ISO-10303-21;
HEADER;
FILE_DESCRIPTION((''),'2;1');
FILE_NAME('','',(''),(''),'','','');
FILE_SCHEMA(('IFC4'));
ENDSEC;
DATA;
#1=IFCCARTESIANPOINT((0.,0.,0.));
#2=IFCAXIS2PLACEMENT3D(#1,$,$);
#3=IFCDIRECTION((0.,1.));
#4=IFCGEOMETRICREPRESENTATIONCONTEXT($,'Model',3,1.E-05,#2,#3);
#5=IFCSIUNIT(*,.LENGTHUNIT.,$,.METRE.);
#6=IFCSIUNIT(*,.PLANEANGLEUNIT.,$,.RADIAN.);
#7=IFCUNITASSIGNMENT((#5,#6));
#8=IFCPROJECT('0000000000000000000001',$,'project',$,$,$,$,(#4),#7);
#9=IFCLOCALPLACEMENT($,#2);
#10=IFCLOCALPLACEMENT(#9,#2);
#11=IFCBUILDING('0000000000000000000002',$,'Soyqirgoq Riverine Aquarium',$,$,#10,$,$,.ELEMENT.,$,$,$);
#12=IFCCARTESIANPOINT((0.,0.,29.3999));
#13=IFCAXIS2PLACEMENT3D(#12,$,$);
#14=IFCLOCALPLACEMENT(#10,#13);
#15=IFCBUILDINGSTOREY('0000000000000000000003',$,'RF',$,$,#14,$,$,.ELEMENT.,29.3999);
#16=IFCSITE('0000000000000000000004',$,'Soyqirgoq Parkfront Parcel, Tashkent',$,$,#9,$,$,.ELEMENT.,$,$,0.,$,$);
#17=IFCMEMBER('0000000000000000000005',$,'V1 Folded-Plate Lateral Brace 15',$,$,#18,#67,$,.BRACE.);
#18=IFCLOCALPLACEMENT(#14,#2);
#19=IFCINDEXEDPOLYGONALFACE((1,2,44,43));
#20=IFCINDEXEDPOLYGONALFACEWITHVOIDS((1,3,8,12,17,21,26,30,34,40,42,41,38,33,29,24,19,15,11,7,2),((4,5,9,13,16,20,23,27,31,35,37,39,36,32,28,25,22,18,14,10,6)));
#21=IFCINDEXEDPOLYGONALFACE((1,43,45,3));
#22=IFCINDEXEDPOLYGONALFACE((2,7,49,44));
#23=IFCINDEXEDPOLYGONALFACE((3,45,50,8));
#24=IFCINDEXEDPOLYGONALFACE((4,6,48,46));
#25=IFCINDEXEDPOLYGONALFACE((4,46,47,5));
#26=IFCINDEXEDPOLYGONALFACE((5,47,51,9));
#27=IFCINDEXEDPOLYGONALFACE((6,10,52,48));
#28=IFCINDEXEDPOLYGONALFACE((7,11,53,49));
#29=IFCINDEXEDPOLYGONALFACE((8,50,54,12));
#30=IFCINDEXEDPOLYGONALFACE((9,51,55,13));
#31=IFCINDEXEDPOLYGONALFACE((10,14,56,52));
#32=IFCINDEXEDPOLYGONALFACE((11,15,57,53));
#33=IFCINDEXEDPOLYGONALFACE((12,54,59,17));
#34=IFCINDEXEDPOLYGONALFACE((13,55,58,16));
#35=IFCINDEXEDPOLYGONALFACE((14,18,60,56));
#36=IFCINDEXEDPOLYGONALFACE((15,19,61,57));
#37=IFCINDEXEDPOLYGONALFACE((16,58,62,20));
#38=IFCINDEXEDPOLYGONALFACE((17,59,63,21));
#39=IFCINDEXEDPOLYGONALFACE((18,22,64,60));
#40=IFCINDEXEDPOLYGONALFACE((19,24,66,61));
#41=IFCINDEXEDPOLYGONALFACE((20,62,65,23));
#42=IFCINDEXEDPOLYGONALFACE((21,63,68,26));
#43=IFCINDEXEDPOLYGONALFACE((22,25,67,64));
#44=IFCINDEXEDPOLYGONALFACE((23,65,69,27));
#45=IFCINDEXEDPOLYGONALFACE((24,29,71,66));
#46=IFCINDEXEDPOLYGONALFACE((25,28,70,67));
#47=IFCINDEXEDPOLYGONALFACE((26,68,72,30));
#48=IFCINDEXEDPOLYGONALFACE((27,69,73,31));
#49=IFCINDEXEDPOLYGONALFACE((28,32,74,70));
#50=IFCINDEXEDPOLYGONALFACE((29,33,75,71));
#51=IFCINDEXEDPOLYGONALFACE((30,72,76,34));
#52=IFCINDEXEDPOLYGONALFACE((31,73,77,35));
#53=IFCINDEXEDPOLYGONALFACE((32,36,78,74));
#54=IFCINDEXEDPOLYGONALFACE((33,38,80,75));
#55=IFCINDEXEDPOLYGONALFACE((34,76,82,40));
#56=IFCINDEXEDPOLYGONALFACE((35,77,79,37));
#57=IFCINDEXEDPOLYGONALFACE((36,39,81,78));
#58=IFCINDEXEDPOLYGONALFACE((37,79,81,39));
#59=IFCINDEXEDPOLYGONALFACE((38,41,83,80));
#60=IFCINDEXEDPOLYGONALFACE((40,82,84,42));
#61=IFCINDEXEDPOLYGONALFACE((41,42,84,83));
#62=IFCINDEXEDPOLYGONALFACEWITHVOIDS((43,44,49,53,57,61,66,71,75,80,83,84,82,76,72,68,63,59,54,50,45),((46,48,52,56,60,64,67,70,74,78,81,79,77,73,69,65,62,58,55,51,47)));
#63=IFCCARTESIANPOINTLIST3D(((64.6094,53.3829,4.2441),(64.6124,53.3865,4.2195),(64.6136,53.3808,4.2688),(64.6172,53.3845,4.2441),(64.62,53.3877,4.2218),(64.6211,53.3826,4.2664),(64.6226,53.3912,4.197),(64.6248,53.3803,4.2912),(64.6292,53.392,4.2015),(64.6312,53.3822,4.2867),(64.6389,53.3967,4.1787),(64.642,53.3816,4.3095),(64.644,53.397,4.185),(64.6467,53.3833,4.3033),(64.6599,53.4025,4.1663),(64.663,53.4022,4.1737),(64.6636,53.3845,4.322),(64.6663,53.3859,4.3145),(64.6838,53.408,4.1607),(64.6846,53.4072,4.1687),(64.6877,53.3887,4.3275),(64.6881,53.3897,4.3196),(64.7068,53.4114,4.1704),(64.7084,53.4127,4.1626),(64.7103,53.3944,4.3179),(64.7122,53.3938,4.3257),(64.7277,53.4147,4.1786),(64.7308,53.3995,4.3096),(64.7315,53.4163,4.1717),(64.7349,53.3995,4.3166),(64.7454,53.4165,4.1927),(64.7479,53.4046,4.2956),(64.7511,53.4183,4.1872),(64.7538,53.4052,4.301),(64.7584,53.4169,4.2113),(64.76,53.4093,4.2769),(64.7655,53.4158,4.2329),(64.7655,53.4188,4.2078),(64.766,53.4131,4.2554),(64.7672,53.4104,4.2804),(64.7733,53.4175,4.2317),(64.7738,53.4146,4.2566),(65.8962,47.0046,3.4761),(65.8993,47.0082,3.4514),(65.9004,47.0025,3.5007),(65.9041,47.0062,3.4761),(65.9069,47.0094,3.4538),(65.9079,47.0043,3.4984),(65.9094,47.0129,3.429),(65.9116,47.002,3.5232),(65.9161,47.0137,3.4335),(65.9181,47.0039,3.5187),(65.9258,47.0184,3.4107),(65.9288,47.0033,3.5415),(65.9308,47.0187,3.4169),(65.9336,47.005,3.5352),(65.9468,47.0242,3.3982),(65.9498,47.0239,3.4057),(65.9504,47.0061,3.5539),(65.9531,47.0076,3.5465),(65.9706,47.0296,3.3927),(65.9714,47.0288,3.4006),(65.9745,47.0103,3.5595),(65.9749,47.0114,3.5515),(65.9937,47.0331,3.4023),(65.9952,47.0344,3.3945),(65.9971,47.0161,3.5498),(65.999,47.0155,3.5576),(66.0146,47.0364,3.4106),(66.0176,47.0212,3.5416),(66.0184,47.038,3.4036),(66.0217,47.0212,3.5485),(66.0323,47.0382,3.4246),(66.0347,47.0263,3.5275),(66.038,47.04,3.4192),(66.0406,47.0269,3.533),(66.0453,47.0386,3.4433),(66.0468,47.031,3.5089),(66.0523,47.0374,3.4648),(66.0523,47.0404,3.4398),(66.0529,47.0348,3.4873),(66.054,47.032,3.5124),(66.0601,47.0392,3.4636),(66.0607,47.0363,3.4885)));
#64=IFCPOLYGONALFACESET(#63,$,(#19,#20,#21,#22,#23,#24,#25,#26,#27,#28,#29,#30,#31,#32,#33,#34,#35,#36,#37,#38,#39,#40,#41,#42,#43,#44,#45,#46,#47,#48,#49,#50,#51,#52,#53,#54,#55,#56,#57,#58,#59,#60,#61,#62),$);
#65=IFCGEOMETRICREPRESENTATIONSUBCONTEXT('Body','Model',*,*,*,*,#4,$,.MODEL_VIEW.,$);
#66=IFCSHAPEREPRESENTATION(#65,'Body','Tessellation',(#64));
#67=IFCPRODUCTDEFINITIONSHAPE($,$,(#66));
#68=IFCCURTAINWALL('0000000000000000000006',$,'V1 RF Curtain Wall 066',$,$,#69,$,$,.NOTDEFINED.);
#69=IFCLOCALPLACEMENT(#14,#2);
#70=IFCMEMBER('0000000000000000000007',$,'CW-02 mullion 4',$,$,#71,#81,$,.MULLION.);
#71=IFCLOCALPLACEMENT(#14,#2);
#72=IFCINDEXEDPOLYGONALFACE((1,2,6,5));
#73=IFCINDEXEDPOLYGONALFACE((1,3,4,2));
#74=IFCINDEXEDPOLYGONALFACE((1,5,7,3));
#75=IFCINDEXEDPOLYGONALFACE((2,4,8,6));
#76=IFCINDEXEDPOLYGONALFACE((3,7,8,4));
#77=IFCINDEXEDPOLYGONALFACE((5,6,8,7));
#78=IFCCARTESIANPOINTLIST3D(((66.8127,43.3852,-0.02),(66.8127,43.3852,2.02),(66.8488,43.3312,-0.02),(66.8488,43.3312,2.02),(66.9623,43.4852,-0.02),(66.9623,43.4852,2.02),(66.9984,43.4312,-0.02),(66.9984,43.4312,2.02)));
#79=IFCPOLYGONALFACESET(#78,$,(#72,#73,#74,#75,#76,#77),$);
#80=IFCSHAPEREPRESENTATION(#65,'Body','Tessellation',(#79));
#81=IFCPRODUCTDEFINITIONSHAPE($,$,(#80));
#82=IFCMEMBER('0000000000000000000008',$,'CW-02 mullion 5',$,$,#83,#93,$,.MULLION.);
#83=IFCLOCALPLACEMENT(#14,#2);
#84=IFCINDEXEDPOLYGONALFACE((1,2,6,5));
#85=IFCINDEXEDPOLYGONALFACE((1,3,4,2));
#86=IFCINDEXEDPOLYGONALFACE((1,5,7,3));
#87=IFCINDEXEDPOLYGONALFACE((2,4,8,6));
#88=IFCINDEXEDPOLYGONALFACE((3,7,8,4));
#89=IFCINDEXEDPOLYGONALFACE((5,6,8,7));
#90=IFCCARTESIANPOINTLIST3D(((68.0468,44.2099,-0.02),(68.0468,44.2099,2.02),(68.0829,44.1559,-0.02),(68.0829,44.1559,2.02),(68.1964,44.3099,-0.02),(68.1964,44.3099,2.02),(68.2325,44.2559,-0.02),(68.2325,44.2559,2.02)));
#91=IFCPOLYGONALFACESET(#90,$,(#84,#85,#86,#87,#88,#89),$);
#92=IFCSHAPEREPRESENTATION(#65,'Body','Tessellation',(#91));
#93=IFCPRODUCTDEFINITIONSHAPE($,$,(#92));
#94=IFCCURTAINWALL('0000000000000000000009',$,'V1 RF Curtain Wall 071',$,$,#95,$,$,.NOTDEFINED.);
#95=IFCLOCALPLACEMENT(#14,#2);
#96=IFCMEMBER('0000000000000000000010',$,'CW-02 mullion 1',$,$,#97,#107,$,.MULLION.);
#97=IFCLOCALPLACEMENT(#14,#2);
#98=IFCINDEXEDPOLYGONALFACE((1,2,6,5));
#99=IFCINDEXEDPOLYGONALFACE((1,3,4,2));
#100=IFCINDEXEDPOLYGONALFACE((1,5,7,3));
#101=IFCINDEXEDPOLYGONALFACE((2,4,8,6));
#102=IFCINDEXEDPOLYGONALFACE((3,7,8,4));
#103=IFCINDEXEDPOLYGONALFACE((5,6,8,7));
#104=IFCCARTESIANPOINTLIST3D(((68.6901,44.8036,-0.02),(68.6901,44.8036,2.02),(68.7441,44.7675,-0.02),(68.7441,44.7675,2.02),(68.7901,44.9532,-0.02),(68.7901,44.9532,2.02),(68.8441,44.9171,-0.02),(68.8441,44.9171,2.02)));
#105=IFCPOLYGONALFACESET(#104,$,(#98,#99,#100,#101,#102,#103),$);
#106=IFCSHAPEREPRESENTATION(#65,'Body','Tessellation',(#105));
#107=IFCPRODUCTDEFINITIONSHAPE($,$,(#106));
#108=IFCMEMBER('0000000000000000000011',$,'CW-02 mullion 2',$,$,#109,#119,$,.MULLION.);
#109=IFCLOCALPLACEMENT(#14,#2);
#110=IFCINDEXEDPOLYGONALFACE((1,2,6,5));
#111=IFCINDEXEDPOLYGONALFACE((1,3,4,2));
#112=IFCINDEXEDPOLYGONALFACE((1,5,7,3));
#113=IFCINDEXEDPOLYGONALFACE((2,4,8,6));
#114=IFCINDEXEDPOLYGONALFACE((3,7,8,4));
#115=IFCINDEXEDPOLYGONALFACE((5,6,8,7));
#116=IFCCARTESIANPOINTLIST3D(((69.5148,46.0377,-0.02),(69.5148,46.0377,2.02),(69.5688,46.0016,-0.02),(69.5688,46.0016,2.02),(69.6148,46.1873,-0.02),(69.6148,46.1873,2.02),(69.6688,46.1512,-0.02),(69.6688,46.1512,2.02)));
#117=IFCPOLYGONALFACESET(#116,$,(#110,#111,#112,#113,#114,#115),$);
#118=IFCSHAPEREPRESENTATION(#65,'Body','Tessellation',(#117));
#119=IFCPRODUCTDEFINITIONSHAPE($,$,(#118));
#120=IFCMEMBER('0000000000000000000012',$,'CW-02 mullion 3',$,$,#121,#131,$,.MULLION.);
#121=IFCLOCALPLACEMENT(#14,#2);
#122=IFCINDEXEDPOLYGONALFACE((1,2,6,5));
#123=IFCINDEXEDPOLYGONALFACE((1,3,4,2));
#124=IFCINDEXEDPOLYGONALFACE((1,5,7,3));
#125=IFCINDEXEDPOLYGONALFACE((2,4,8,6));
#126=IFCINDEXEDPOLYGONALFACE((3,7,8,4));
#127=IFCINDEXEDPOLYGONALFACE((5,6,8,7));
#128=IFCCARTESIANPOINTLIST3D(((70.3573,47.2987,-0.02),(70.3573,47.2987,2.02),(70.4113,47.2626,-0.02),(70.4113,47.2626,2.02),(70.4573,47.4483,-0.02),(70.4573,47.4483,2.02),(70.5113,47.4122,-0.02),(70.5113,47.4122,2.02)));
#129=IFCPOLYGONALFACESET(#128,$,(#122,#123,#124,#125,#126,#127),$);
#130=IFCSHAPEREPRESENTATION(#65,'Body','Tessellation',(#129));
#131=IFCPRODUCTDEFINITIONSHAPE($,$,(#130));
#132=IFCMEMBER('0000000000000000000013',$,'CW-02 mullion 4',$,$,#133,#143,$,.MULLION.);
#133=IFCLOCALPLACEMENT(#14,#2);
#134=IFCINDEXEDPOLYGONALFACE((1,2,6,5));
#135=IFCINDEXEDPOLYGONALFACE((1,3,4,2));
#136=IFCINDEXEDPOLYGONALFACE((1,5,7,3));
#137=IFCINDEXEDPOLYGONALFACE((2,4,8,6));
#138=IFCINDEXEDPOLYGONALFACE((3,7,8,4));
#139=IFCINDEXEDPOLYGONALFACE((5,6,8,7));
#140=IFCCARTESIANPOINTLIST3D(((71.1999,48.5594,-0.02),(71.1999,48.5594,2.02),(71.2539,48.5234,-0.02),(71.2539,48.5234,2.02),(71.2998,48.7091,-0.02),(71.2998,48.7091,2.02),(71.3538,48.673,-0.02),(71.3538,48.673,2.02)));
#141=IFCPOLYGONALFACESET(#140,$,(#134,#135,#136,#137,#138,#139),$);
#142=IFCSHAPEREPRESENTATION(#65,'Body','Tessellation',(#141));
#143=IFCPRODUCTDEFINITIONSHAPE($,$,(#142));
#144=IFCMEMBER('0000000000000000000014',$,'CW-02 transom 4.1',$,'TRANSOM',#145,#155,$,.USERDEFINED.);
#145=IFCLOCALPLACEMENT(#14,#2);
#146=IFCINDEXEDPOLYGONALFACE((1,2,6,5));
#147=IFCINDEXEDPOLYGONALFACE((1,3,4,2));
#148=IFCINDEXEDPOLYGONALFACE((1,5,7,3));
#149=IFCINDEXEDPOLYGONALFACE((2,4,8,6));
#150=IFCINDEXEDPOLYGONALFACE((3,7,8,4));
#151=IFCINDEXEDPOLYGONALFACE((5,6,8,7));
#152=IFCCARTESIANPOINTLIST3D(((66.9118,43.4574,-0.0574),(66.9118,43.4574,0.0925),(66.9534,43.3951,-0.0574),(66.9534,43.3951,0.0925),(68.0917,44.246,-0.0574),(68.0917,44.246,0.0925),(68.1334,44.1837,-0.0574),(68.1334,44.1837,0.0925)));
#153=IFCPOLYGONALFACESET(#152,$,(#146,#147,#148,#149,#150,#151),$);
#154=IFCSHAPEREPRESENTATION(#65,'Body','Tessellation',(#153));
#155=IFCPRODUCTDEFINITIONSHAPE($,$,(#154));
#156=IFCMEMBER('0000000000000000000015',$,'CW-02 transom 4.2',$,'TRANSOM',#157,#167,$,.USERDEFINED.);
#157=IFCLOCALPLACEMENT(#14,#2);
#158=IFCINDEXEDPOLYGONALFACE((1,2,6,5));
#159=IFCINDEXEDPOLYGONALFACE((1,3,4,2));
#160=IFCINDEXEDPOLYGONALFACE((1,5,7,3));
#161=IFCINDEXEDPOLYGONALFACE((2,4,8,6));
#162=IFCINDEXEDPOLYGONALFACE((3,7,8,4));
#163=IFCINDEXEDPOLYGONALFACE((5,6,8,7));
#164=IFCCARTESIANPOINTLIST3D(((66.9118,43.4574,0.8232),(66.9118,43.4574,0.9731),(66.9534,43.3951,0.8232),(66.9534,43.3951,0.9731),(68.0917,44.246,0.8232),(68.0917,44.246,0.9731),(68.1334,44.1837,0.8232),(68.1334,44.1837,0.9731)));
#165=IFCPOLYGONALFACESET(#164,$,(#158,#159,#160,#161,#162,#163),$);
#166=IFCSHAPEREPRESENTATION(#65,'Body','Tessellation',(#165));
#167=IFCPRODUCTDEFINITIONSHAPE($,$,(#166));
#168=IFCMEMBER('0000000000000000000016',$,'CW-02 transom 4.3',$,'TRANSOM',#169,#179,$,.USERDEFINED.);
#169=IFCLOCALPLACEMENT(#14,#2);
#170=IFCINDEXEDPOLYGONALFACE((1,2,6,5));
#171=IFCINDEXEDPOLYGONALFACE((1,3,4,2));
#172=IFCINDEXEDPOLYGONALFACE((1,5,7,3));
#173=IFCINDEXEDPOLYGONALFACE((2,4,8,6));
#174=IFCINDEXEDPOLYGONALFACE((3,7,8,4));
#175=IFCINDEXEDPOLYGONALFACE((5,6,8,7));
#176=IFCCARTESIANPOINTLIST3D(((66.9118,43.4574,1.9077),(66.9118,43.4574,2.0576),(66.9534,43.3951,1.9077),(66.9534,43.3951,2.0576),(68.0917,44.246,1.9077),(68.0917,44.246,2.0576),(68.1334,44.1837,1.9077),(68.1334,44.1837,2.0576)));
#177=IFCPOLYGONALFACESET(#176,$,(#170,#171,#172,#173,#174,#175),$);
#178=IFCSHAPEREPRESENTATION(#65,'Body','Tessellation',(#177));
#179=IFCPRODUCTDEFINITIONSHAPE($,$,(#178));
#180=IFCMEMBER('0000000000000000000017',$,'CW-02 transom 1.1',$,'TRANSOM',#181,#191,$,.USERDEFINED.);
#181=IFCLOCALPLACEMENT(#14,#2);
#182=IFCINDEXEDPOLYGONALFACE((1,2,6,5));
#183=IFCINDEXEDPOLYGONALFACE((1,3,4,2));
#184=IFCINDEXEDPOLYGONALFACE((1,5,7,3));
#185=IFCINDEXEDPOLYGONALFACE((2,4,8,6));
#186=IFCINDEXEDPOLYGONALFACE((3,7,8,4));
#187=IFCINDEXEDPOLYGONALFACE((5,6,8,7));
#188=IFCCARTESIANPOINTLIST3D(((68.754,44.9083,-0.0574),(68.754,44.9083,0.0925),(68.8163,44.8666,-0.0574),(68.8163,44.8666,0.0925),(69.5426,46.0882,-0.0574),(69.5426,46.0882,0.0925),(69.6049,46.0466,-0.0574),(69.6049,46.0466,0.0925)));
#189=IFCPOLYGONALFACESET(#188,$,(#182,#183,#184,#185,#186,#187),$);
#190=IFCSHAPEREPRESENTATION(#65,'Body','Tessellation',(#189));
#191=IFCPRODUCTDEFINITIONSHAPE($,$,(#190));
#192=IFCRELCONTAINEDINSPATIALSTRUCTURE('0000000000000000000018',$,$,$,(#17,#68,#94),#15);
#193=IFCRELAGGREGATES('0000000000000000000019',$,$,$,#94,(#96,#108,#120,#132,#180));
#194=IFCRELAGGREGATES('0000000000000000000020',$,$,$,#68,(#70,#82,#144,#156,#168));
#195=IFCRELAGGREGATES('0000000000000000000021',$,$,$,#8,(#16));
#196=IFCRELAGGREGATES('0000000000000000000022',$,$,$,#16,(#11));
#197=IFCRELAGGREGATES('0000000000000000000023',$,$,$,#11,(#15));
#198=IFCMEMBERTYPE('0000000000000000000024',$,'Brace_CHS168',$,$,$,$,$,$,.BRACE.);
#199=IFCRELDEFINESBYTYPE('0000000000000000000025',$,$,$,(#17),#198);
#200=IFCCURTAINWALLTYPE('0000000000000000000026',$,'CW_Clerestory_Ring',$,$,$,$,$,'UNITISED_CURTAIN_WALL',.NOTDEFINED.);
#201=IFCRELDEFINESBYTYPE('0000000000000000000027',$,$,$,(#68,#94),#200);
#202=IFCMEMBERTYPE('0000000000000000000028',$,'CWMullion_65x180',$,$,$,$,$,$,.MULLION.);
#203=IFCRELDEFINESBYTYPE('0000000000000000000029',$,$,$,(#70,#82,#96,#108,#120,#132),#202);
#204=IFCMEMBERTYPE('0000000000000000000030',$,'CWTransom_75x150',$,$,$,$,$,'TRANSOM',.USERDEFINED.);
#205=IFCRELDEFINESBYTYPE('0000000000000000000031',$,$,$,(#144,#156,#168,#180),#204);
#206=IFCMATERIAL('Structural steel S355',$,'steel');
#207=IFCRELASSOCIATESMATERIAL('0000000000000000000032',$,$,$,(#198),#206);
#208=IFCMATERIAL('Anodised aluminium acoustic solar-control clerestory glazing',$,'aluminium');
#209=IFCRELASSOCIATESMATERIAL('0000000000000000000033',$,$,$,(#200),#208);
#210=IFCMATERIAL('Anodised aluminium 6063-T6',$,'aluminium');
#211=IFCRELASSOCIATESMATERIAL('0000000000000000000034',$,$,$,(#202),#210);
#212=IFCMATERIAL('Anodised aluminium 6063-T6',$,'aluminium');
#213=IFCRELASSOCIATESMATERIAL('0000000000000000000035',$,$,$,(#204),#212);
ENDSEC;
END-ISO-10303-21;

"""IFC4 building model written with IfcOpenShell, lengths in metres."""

from ifc_helpers import new_model, si_unit, direction, frame, origin, origin_2d, place, context, subcontext, project, spatial, rectangle, hollow_circle, extrude, material, material_profile, profile_set, type_object, element, aggregate, save


model = new_model("IFC4")

# Units and contexts
model_context = context("Model", 3, precision=1e-05, world=origin(), true_north=direction((0.0, 1.0)))
body_context = subcontext(model_context, "Body", "Model", "MODEL_VIEW")
ifc_project = project(units=[si_unit("LENGTHUNIT", "METRE"), si_unit("PLANEANGLEUNIT", "RADIAN")], contexts=[model_context])

# Site, building, storey
site_placement = place(None, origin())
site = spatial("IfcSite", under=ifc_project, at=site_placement, Name="Soyqirgoq Parkfront Parcel, Tashkent", CompositionType="ELEMENT", RefElevation=0.0)
building_placement = place(site_placement, origin())
building = spatial("IfcBuilding", under=site, at=building_placement, Name="Soyqirgoq Riverine Aquarium", CompositionType="ELEMENT")
storey_placement = place(building_placement, frame((0.0, 0.0, 29.3999)))
storey = spatial("IfcBuildingStorey", under=building, at=storey_placement, Name="RF", CompositionType="ELEMENT", Elevation=29.3999)

# Member
ifc_material_1 = material(Name="Structural steel S355", Category="steel")
ifc_material_profile_1 = material_profile(ifc_material_1, hollow_circle(Radius=0.0842, WallThickness=0.0081, at=origin_2d()), Name="CHS 168.3x8")
ifc_profile_set_1 = profile_set([ifc_material_profile_1], Name="Structural steel S355")
member_type_1 = type_object("IfcMemberType", Name="Brace_CHS168", PredefinedType="BRACE", material=ifc_profile_set_1)
member_1_placement = place(storey_placement, frame((65.9788, 47.0212, 3.4761), z_axis=(-0.196405, 0.97349, 0.117224), x_axis=(-0.980249, -0.197768, 0.0)))
element("IfcMember", 1, at=member_1_placement, inside=storey, type_object=member_type_1, Name="V1 Folded-Plate Lateral Brace 15", PredefinedType="BRACE", context=body_context, shape_type="SweptSolid", body=[
    extrude(hollow_circle(Radius=0.0842, WallThickness=0.0081, at=origin_2d()), origin(), (0.0, 0.0, 1.0), 6.552),
])

# Curtain walls, members
ifc_material_2 = material(Name="Anodised aluminium acoustic solar-control clerestory glazing", Category="aluminium")
curtain_wall_type = type_object("IfcCurtainWallType", Name="CW_Clerestory_Ring", ElementType="UNITISED_CURTAIN_WALL", PredefinedType="NOTDEFINED", material=ifc_material_2)
curtain_wall_1_placement = place(storey_placement, origin())
curtain_wall_1 = element("IfcCurtainWall", 2, at=curtain_wall_1_placement, inside=storey, type_object=curtain_wall_type, Name="V1 RF Curtain Wall 066", PredefinedType="NOTDEFINED")
ifc_material_3 = material(Name="Anodised aluminium 6063-T6", Category="aluminium")
ifc_material_profile_2 = material_profile(ifc_material_3, rectangle(XDim=0.0649, YDim=0.1799, at=origin_2d()), Name="ALU-M 65x180")
ifc_profile_set_2 = profile_set([ifc_material_profile_2], Name="Anodised aluminium 6063-T6")
member_type_2 = type_object("IfcMemberType", Name="CWMullion_65x180", PredefinedType="MULLION", material=ifc_profile_set_2)
member_2_placement = place(storey_placement, frame((66.9055, 43.4082, -0.02), z_axis=(0.0, 0.0, 1.0), x_axis=(-0.555579, 0.831464, 0.0)))
member_2 = element("IfcMember", 3, at=member_2_placement, type_object=member_type_2, Name="CW-02 mullion 4", PredefinedType="MULLION", context=body_context, shape_type="SweptSolid", body=[
    extrude(rectangle(XDim=0.0649, YDim=0.1799, at=origin_2d()), origin(), (0.0, 0.0, 1.0), 2.04),
])
member_3_placement = place(storey_placement, frame((68.1396, 44.2329, -0.02), z_axis=(0.0, 0.0, 1.0), x_axis=(-0.555579, 0.831464, 0.0)))
member_3 = element("IfcMember", 4, at=member_3_placement, type_object=member_type_2, Name="CW-02 mullion 5", PredefinedType="MULLION", context=body_context, shape_type="SweptSolid", body=[
    extrude(rectangle(XDim=0.0649, YDim=0.1799, at=origin_2d()), origin(), (0.0, 0.0, 1.0), 2.04),
])
curtain_wall_2_placement = place(storey_placement, origin())
curtain_wall_2 = element("IfcCurtainWall", 5, at=curtain_wall_2_placement, inside=storey, type_object=curtain_wall_type, Name="V1 RF Curtain Wall 071", PredefinedType="NOTDEFINED")
member_4_placement = place(storey_placement, frame((68.7671, 44.8604, -0.02), z_axis=(0.0, 0.0, 1.0), x_axis=(-0.831464, 0.555579, 0.0)))
member_4 = element("IfcMember", 6, at=member_4_placement, type_object=member_type_2, Name="CW-02 mullion 1", PredefinedType="MULLION", context=body_context, shape_type="SweptSolid", body=[
    extrude(rectangle(XDim=0.0649, YDim=0.1799, at=origin_2d()), origin(), (0.0, 0.0, 1.0), 2.04),
])
member_5_placement = place(storey_placement, frame((69.5918, 46.0945, -0.02), z_axis=(0.0, 0.0, 1.0), x_axis=(-0.831464, 0.555579, 0.0)))
member_5 = element("IfcMember", 7, at=member_5_placement, type_object=member_type_2, Name="CW-02 mullion 2", PredefinedType="MULLION", context=body_context, shape_type="SweptSolid", body=[
    extrude(rectangle(XDim=0.0649, YDim=0.1799, at=origin_2d()), origin(), (0.0, 0.0, 1.0), 2.04),
])
member_6_placement = place(storey_placement, frame((70.4343, 47.3555, -0.02), z_axis=(0.0, 0.0, 1.0), x_axis=(-0.831464, 0.555579, 0.0)))
member_6 = element("IfcMember", 8, at=member_6_placement, type_object=member_type_2, Name="CW-02 mullion 3", PredefinedType="MULLION", context=body_context, shape_type="SweptSolid", body=[
    extrude(rectangle(XDim=0.0649, YDim=0.1799, at=origin_2d()), origin(), (0.0, 0.0, 1.0), 2.04),
])
member_7_placement = place(storey_placement, frame((71.2769, 48.6162, -0.02), z_axis=(0.0, 0.0, 1.0), x_axis=(-0.831464, 0.555579, 0.0)))
member_7 = element("IfcMember", 9, at=member_7_placement, type_object=member_type_2, Name="CW-02 mullion 4", PredefinedType="MULLION", context=body_context, shape_type="SweptSolid", body=[
    extrude(rectangle(XDim=0.0649, YDim=0.1799, at=origin_2d()), origin(), (0.0, 0.0, 1.0), 2.04),
])

# Members
ifc_material_4 = material(Name="Anodised aluminium 6063-T6", Category="aluminium")
ifc_material_profile_3 = material_profile(ifc_material_4, rectangle(XDim=0.075, YDim=0.1499, at=origin_2d()), Name="ALU-T 75x150")
ifc_profile_set_3 = profile_set([ifc_material_profile_3], Name="Anodised aluminium 6063-T6")
member_type_3 = type_object("IfcMemberType", Name="CWTransom_75x150", ElementType="TRANSOM", PredefinedType="USERDEFINED", material=ifc_profile_set_3)
member_8_placement = place(storey_placement, frame((66.9326, 43.4263, 0.0176), z_axis=(0.831415, 0.555653, 0.0), x_axis=(-0.555653, 0.831415, 0.0)))
member_8 = element("IfcMember", 10, at=member_8_placement, type_object=member_type_3, Name="CW-02 transom 4.1", ObjectType="TRANSOM", PredefinedType="USERDEFINED", context=body_context, shape_type="SweptSolid", body=[
    extrude(rectangle(XDim=0.075, YDim=0.1499, at=origin_2d()), origin(), (0.0, 0.0, 1.0), 1.4192),
])
member_9_placement = place(storey_placement, frame((66.9326, 43.4263, 0.8982), z_axis=(0.831415, 0.555653, 0.0), x_axis=(-0.555653, 0.831415, 0.0)))
member_9 = element("IfcMember", 11, at=member_9_placement, type_object=member_type_3, Name="CW-02 transom 4.2", ObjectType="TRANSOM", PredefinedType="USERDEFINED", context=body_context, shape_type="SweptSolid", body=[
    extrude(rectangle(XDim=0.075, YDim=0.1499, at=origin_2d()), origin(), (0.0, 0.0, 1.0), 1.4192),
])
member_10_placement = place(storey_placement, frame((66.9326, 43.4263, 1.9827), z_axis=(0.831415, 0.555653, 0.0), x_axis=(-0.555653, 0.831415, 0.0)))
member_10 = element("IfcMember", 12, at=member_10_placement, type_object=member_type_3, Name="CW-02 transom 4.3", ObjectType="TRANSOM", PredefinedType="USERDEFINED", context=body_context, shape_type="SweptSolid", body=[
    extrude(rectangle(XDim=0.075, YDim=0.1499, at=origin_2d()), origin(), (0.0, 0.0, 1.0), 1.4192),
])
member_11_placement = place(storey_placement, frame((68.7852, 44.8875, 0.0176), z_axis=(0.555653, 0.831415, 0.0), x_axis=(-0.831415, 0.555653, 0.0)))
member_11 = element("IfcMember", 13, at=member_11_placement, type_object=member_type_3, Name="CW-02 transom 1.1", ObjectType="TRANSOM", PredefinedType="USERDEFINED", context=body_context, shape_type="SweptSolid", body=[
    extrude(rectangle(XDim=0.075, YDim=0.1499, at=origin_2d()), origin(), (0.0, 0.0, 1.0), 1.4192),
])

aggregate(curtain_wall_2, [member_4, member_5, member_6, member_7, member_11])
aggregate(curtain_wall_1, [member_2, member_3, member_8, member_9, member_10])

save(model, "model.ifc")
